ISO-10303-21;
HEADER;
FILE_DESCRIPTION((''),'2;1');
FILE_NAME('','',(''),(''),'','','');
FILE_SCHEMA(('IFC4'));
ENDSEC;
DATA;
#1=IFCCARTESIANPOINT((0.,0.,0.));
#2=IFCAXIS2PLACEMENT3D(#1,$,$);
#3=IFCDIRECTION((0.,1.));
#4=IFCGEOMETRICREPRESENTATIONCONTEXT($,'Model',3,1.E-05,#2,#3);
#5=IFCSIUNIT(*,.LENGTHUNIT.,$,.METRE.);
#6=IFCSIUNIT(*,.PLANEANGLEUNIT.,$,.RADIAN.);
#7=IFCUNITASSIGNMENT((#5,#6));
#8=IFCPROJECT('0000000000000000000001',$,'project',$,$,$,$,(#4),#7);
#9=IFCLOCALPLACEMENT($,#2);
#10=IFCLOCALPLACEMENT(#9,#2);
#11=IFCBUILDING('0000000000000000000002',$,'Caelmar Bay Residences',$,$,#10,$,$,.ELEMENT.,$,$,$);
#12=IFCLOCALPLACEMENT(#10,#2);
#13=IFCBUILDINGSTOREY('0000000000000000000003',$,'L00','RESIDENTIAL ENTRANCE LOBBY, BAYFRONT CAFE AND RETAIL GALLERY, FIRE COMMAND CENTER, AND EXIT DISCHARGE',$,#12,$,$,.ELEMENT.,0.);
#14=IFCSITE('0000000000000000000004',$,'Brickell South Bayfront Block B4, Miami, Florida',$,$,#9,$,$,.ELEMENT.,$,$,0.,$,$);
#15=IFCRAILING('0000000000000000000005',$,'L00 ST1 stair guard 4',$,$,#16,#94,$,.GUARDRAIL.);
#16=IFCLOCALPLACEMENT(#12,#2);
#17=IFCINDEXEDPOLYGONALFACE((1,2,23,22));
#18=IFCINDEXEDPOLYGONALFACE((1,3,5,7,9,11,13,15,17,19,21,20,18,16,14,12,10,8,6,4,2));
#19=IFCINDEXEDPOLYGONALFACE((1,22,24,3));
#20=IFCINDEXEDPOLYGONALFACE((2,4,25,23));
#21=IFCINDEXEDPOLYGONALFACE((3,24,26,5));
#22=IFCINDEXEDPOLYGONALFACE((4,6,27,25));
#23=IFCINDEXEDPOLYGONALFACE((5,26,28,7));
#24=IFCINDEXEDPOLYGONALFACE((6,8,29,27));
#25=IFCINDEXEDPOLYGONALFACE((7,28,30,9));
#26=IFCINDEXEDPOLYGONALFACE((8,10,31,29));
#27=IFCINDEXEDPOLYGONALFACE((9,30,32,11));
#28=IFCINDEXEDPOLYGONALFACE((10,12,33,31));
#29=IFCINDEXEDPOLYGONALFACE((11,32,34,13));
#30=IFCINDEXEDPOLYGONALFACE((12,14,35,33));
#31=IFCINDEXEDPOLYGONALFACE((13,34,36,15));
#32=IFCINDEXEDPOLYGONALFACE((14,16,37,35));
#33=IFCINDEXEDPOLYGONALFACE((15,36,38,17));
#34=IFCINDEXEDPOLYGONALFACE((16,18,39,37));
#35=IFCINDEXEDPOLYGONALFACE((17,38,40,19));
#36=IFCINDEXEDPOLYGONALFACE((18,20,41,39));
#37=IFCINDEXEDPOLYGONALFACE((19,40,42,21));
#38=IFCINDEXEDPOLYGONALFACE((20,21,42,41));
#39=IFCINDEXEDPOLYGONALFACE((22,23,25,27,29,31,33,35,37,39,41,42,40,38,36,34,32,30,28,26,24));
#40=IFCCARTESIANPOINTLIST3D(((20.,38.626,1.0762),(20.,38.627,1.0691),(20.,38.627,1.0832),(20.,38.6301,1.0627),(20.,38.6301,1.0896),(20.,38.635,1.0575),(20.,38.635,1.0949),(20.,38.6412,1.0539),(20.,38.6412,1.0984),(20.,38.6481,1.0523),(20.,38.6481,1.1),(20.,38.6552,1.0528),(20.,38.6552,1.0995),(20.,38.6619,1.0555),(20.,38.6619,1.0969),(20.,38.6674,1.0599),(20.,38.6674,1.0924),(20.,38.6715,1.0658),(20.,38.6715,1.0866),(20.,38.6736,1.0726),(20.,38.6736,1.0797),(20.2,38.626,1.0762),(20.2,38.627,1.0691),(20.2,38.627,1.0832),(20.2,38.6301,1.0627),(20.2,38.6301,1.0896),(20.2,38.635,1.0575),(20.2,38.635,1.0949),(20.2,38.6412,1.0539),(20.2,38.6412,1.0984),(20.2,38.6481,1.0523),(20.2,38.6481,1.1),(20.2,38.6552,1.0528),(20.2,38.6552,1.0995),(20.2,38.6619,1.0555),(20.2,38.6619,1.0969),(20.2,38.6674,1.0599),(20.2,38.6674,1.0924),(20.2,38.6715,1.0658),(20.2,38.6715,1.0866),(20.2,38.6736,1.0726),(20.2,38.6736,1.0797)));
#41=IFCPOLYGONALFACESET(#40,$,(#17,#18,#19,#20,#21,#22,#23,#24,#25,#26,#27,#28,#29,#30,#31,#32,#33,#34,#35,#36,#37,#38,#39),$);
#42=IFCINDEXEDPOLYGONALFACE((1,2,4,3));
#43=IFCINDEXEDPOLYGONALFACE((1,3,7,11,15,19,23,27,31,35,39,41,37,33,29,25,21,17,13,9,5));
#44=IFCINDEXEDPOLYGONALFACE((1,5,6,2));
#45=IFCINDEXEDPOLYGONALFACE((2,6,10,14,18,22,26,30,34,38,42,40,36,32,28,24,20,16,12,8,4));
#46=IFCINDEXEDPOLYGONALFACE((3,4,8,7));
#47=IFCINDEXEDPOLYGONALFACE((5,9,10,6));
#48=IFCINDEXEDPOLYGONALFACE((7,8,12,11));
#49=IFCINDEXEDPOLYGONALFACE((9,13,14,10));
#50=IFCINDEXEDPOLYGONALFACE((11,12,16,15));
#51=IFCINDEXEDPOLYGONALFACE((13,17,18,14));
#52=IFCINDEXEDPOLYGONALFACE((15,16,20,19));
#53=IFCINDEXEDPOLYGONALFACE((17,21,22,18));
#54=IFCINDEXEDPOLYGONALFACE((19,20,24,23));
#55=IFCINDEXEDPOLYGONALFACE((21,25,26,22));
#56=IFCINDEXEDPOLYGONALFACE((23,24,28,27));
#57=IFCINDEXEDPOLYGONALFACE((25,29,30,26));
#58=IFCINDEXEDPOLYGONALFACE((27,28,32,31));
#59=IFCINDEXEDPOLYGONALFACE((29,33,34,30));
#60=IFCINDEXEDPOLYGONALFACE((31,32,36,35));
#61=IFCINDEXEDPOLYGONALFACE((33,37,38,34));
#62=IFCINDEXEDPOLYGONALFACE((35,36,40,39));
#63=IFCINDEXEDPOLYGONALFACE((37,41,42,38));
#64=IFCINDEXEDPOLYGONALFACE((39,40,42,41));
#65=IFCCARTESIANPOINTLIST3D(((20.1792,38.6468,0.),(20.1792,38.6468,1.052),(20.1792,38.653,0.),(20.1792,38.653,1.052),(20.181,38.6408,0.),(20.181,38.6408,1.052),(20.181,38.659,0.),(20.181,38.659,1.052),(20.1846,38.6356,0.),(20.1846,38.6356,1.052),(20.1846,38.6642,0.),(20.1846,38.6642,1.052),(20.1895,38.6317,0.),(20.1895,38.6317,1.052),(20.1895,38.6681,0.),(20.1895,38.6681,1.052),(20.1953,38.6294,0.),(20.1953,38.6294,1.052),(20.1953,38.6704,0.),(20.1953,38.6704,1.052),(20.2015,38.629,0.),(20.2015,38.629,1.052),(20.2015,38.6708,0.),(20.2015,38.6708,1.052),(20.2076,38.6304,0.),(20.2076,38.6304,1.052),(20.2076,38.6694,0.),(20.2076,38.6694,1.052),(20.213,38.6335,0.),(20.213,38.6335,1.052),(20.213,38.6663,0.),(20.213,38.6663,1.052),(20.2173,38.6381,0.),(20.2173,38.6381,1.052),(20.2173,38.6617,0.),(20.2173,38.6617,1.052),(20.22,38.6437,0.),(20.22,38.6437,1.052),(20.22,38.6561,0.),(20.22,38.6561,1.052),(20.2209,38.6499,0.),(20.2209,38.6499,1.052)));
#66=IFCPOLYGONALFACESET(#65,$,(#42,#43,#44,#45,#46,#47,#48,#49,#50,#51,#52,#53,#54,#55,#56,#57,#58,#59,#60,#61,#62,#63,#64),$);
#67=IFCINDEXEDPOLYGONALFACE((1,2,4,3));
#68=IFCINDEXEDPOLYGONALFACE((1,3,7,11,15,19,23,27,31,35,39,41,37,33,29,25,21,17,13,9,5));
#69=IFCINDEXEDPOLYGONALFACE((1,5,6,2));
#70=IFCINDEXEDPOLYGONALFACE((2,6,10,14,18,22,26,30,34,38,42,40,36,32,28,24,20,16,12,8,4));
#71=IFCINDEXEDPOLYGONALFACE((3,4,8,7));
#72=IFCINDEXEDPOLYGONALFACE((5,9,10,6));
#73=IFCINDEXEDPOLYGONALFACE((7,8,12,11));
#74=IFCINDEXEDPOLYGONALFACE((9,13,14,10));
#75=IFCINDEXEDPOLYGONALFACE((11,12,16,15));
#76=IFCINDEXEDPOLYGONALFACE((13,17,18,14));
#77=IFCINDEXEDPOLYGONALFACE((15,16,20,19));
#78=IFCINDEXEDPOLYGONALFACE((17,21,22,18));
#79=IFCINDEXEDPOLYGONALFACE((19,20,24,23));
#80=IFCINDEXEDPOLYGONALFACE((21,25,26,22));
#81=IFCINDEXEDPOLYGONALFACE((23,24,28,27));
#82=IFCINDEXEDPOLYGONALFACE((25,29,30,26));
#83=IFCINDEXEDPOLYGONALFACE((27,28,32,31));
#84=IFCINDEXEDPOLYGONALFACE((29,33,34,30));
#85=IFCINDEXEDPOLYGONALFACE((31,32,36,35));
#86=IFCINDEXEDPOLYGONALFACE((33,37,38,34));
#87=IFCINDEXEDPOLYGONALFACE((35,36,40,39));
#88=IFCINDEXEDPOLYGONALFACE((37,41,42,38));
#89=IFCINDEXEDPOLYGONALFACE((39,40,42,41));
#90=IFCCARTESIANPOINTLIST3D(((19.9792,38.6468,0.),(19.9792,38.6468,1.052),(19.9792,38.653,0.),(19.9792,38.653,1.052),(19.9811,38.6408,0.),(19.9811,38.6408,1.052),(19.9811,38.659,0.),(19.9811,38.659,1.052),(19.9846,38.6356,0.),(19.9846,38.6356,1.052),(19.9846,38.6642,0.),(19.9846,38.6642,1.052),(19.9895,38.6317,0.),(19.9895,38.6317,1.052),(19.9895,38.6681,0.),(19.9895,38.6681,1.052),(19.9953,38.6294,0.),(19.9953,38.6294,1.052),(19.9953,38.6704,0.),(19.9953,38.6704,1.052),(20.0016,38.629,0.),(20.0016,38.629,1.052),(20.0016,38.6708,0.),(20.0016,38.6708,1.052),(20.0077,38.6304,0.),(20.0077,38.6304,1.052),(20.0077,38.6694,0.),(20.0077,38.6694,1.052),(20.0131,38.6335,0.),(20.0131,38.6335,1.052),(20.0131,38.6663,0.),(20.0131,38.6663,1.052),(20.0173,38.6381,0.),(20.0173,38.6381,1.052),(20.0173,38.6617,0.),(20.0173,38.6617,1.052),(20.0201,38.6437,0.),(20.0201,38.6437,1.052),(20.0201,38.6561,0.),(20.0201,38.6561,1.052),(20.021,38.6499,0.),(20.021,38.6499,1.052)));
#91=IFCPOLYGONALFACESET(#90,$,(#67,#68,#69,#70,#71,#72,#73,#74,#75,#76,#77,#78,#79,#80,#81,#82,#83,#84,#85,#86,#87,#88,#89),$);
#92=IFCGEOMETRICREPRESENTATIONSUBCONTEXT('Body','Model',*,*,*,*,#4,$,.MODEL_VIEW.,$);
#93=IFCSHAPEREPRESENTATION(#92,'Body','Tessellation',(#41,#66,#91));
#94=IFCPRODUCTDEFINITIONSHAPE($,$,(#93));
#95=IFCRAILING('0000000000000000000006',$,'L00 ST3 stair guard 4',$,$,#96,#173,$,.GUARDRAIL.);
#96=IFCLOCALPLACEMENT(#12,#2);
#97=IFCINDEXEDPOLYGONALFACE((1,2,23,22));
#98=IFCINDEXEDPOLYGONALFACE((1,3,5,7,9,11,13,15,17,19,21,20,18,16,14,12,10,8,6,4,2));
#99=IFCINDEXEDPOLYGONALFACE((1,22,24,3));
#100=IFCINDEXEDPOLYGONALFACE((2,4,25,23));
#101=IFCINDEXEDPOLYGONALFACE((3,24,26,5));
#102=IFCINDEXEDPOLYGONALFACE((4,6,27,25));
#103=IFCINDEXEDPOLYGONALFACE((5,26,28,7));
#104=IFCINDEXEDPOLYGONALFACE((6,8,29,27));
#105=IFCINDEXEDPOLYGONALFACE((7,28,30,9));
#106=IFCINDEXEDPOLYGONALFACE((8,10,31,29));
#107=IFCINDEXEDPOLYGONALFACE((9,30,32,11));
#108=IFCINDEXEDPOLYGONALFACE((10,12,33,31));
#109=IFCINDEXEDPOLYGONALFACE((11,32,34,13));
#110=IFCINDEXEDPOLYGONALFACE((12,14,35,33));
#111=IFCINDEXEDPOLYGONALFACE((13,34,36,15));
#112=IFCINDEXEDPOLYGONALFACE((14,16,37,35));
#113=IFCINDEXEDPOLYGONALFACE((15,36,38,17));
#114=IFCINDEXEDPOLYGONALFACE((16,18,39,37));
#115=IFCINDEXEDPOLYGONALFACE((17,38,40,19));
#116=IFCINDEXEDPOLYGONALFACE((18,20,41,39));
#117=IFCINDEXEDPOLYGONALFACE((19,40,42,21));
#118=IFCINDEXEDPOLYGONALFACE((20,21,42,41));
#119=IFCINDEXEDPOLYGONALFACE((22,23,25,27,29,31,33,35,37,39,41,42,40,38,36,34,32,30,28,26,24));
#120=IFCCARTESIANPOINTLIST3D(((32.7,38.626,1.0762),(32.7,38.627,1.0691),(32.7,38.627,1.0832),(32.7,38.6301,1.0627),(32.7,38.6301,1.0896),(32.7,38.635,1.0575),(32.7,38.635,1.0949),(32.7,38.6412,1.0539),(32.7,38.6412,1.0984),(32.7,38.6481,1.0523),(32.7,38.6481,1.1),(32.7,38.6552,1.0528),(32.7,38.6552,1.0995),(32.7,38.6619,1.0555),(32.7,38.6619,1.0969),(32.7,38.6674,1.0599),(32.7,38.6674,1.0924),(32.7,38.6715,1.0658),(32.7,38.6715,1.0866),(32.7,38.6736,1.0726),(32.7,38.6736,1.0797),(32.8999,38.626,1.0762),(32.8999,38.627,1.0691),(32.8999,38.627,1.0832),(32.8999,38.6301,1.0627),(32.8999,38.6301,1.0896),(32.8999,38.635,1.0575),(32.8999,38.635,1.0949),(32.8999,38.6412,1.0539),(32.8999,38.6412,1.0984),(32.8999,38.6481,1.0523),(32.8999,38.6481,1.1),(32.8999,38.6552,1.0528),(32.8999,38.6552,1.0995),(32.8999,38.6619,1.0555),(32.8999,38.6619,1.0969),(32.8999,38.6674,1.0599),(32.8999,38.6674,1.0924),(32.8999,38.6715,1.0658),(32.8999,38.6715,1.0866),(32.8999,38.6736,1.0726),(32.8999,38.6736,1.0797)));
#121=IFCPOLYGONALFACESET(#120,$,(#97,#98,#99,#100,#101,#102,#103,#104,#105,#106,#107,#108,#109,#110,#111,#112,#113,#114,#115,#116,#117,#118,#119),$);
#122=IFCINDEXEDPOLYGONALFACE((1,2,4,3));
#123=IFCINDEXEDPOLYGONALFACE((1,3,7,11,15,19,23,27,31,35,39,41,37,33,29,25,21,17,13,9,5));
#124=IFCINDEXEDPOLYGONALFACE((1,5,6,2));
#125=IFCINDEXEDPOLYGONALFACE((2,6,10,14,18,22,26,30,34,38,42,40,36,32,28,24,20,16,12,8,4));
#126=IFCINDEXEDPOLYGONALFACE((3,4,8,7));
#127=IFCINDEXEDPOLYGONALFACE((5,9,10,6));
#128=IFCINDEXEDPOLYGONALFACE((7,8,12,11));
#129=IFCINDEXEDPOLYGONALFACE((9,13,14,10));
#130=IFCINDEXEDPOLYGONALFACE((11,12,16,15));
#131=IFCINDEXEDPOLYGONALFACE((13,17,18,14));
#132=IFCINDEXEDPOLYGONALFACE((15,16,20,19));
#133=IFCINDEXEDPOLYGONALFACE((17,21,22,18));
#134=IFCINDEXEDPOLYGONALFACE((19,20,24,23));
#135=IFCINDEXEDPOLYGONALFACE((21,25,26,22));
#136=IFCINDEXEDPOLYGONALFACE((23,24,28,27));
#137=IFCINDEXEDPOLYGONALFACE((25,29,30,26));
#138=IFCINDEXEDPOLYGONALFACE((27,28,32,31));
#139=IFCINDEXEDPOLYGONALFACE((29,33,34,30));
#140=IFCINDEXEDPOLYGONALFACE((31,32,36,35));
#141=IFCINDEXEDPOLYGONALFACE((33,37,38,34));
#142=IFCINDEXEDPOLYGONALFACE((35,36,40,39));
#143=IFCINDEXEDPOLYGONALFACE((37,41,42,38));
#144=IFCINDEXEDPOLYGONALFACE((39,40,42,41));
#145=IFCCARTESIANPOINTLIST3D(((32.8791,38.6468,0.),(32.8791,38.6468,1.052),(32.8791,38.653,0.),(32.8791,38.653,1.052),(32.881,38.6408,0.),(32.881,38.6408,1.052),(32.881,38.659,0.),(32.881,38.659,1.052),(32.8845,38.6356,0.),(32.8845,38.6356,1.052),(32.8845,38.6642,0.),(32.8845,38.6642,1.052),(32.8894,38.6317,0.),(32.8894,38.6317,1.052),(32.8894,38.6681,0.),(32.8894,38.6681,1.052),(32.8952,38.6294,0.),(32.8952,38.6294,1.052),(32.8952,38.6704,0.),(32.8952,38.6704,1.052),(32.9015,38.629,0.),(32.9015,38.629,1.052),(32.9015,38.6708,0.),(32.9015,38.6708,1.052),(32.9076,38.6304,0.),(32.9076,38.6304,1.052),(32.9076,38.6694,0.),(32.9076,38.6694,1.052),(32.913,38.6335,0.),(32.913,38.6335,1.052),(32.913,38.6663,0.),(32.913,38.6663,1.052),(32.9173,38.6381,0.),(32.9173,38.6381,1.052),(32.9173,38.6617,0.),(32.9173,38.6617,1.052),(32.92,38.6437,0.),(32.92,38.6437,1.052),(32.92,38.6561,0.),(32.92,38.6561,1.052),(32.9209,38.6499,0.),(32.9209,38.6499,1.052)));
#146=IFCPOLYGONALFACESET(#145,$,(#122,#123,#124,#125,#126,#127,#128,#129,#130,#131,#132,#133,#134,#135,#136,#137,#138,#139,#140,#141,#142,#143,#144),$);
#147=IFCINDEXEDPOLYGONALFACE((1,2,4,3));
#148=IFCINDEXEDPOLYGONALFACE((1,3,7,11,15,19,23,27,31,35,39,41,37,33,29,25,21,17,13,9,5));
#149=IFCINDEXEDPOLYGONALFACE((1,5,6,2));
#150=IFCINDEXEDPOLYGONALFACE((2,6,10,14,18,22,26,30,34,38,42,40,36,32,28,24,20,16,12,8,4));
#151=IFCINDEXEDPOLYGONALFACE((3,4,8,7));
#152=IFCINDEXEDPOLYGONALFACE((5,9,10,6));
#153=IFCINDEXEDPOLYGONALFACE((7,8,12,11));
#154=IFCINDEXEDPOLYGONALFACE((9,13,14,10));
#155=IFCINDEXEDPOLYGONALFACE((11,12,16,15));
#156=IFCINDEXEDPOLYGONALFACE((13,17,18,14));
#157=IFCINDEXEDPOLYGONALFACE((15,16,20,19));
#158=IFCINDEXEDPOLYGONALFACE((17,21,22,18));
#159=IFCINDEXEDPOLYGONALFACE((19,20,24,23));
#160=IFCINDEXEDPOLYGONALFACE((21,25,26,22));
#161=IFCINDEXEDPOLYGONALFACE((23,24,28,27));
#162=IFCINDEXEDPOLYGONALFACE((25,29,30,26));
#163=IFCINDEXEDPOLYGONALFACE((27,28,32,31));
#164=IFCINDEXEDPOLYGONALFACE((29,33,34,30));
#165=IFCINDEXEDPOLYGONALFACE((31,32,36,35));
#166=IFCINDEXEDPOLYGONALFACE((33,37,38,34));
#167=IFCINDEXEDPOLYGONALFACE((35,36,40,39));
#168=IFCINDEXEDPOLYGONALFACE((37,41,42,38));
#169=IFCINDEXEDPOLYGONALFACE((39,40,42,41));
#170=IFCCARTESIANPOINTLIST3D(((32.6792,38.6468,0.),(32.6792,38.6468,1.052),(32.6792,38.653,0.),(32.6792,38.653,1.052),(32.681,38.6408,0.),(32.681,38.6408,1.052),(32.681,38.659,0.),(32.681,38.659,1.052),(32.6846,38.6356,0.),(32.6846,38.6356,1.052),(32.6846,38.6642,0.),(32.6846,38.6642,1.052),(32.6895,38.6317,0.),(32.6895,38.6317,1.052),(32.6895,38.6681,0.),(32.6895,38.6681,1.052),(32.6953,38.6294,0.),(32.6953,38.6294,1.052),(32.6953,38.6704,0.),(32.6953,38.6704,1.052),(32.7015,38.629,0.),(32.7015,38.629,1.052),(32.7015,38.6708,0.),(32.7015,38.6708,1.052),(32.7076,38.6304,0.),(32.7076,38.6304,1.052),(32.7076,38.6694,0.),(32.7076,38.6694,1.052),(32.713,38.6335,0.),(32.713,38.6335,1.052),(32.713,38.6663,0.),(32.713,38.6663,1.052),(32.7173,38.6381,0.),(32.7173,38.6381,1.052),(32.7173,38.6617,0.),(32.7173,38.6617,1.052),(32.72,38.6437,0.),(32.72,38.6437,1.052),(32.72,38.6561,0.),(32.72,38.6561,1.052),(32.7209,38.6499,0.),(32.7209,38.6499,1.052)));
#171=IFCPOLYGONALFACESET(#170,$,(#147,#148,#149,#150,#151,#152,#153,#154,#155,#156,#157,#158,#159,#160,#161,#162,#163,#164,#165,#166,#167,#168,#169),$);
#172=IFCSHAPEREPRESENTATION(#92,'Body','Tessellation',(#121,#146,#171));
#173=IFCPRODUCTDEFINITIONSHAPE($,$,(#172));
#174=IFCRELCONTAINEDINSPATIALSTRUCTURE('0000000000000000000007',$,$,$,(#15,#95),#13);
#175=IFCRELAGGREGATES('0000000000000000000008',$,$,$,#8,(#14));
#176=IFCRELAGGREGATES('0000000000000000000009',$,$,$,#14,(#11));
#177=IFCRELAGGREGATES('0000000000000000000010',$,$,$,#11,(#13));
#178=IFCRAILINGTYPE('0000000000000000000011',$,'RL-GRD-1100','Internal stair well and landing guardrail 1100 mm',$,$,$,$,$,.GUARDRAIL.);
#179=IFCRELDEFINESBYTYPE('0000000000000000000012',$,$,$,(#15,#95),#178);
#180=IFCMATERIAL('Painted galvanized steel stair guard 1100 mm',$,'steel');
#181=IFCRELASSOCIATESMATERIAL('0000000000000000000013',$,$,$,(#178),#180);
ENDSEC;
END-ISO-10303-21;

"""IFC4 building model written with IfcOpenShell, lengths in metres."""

from ifc_helpers import new_model, si_unit, direction, frame, origin, origin_2d, place, context, subcontext, project, spatial, circle, extrude, material, type_object, element, save


model = new_model("IFC4")

# Units and contexts
model_context = context("Model", 3, precision=1e-05, world=origin(), true_north=direction((0.0, 1.0)))
body_context = subcontext(model_context, "Body", "Model", "MODEL_VIEW")
ifc_project = project(units=[si_unit("LENGTHUNIT", "METRE"), si_unit("PLANEANGLEUNIT", "RADIAN")], contexts=[model_context])

# Site, building, storey
site_placement = place(None, origin())
site = spatial("IfcSite", under=ifc_project, at=site_placement, Name="Brickell South Bayfront Block B4, Miami, Florida", CompositionType="ELEMENT", RefElevation=0.0)
building_placement = place(site_placement, origin())
building = spatial("IfcBuilding", under=site, at=building_placement, Name="Caelmar Bay Residences", CompositionType="ELEMENT")
storey_placement = place(building_placement, origin())
storey = spatial("IfcBuildingStorey", under=building, at=storey_placement, Name="L00", Description="RESIDENTIAL ENTRANCE LOBBY, BAYFRONT CAFE AND RETAIL GALLERY, FIRE COMMAND CENTER, AND EXIT DISCHARGE", CompositionType="ELEMENT", Elevation=0.0)

# Railings
ifc_material_1 = material(Name="Painted galvanized steel stair guard 1100 mm", Category="steel")
railing_type = type_object("IfcRailingType", Name="RL-GRD-1100", Description="Internal stair well and landing guardrail 1100 mm", PredefinedType="GUARDRAIL", material=ifc_material_1)
for number, where, name in (
    (1, (20.2, 38.6499, 0.0), "L00 ST1 stair guard 4"),
    (2, (32.8999, 38.6499, 0.0), "L00 ST3 stair guard 4"),
):
    element("IfcRailing", number, at=place(storey_placement, frame(where)), inside=storey, type_object=railing_type, Name=name, PredefinedType="GUARDRAIL", context=body_context, shape_type="SweptSolid", body=[
        extrude(circle(Radius=0.0239, at=origin_2d()), frame((0.0, 0.0, 1.0762), z_axis=(-1.0, 0.0, 0.0), x_axis=(0.0, -1.0, 0.0)), (0.0, 0.0, 1.0), 0.2),
        extrude(circle(Radius=0.021, at=origin_2d()), origin(), (0.0, 0.0, 1.0), 1.052),
        extrude(circle(Radius=0.021, at=origin_2d()), frame((-0.2, 0.0, 0.0)), (0.0, 0.0, 1.0), 1.052),
    ])

save(model, "model.ifc")
